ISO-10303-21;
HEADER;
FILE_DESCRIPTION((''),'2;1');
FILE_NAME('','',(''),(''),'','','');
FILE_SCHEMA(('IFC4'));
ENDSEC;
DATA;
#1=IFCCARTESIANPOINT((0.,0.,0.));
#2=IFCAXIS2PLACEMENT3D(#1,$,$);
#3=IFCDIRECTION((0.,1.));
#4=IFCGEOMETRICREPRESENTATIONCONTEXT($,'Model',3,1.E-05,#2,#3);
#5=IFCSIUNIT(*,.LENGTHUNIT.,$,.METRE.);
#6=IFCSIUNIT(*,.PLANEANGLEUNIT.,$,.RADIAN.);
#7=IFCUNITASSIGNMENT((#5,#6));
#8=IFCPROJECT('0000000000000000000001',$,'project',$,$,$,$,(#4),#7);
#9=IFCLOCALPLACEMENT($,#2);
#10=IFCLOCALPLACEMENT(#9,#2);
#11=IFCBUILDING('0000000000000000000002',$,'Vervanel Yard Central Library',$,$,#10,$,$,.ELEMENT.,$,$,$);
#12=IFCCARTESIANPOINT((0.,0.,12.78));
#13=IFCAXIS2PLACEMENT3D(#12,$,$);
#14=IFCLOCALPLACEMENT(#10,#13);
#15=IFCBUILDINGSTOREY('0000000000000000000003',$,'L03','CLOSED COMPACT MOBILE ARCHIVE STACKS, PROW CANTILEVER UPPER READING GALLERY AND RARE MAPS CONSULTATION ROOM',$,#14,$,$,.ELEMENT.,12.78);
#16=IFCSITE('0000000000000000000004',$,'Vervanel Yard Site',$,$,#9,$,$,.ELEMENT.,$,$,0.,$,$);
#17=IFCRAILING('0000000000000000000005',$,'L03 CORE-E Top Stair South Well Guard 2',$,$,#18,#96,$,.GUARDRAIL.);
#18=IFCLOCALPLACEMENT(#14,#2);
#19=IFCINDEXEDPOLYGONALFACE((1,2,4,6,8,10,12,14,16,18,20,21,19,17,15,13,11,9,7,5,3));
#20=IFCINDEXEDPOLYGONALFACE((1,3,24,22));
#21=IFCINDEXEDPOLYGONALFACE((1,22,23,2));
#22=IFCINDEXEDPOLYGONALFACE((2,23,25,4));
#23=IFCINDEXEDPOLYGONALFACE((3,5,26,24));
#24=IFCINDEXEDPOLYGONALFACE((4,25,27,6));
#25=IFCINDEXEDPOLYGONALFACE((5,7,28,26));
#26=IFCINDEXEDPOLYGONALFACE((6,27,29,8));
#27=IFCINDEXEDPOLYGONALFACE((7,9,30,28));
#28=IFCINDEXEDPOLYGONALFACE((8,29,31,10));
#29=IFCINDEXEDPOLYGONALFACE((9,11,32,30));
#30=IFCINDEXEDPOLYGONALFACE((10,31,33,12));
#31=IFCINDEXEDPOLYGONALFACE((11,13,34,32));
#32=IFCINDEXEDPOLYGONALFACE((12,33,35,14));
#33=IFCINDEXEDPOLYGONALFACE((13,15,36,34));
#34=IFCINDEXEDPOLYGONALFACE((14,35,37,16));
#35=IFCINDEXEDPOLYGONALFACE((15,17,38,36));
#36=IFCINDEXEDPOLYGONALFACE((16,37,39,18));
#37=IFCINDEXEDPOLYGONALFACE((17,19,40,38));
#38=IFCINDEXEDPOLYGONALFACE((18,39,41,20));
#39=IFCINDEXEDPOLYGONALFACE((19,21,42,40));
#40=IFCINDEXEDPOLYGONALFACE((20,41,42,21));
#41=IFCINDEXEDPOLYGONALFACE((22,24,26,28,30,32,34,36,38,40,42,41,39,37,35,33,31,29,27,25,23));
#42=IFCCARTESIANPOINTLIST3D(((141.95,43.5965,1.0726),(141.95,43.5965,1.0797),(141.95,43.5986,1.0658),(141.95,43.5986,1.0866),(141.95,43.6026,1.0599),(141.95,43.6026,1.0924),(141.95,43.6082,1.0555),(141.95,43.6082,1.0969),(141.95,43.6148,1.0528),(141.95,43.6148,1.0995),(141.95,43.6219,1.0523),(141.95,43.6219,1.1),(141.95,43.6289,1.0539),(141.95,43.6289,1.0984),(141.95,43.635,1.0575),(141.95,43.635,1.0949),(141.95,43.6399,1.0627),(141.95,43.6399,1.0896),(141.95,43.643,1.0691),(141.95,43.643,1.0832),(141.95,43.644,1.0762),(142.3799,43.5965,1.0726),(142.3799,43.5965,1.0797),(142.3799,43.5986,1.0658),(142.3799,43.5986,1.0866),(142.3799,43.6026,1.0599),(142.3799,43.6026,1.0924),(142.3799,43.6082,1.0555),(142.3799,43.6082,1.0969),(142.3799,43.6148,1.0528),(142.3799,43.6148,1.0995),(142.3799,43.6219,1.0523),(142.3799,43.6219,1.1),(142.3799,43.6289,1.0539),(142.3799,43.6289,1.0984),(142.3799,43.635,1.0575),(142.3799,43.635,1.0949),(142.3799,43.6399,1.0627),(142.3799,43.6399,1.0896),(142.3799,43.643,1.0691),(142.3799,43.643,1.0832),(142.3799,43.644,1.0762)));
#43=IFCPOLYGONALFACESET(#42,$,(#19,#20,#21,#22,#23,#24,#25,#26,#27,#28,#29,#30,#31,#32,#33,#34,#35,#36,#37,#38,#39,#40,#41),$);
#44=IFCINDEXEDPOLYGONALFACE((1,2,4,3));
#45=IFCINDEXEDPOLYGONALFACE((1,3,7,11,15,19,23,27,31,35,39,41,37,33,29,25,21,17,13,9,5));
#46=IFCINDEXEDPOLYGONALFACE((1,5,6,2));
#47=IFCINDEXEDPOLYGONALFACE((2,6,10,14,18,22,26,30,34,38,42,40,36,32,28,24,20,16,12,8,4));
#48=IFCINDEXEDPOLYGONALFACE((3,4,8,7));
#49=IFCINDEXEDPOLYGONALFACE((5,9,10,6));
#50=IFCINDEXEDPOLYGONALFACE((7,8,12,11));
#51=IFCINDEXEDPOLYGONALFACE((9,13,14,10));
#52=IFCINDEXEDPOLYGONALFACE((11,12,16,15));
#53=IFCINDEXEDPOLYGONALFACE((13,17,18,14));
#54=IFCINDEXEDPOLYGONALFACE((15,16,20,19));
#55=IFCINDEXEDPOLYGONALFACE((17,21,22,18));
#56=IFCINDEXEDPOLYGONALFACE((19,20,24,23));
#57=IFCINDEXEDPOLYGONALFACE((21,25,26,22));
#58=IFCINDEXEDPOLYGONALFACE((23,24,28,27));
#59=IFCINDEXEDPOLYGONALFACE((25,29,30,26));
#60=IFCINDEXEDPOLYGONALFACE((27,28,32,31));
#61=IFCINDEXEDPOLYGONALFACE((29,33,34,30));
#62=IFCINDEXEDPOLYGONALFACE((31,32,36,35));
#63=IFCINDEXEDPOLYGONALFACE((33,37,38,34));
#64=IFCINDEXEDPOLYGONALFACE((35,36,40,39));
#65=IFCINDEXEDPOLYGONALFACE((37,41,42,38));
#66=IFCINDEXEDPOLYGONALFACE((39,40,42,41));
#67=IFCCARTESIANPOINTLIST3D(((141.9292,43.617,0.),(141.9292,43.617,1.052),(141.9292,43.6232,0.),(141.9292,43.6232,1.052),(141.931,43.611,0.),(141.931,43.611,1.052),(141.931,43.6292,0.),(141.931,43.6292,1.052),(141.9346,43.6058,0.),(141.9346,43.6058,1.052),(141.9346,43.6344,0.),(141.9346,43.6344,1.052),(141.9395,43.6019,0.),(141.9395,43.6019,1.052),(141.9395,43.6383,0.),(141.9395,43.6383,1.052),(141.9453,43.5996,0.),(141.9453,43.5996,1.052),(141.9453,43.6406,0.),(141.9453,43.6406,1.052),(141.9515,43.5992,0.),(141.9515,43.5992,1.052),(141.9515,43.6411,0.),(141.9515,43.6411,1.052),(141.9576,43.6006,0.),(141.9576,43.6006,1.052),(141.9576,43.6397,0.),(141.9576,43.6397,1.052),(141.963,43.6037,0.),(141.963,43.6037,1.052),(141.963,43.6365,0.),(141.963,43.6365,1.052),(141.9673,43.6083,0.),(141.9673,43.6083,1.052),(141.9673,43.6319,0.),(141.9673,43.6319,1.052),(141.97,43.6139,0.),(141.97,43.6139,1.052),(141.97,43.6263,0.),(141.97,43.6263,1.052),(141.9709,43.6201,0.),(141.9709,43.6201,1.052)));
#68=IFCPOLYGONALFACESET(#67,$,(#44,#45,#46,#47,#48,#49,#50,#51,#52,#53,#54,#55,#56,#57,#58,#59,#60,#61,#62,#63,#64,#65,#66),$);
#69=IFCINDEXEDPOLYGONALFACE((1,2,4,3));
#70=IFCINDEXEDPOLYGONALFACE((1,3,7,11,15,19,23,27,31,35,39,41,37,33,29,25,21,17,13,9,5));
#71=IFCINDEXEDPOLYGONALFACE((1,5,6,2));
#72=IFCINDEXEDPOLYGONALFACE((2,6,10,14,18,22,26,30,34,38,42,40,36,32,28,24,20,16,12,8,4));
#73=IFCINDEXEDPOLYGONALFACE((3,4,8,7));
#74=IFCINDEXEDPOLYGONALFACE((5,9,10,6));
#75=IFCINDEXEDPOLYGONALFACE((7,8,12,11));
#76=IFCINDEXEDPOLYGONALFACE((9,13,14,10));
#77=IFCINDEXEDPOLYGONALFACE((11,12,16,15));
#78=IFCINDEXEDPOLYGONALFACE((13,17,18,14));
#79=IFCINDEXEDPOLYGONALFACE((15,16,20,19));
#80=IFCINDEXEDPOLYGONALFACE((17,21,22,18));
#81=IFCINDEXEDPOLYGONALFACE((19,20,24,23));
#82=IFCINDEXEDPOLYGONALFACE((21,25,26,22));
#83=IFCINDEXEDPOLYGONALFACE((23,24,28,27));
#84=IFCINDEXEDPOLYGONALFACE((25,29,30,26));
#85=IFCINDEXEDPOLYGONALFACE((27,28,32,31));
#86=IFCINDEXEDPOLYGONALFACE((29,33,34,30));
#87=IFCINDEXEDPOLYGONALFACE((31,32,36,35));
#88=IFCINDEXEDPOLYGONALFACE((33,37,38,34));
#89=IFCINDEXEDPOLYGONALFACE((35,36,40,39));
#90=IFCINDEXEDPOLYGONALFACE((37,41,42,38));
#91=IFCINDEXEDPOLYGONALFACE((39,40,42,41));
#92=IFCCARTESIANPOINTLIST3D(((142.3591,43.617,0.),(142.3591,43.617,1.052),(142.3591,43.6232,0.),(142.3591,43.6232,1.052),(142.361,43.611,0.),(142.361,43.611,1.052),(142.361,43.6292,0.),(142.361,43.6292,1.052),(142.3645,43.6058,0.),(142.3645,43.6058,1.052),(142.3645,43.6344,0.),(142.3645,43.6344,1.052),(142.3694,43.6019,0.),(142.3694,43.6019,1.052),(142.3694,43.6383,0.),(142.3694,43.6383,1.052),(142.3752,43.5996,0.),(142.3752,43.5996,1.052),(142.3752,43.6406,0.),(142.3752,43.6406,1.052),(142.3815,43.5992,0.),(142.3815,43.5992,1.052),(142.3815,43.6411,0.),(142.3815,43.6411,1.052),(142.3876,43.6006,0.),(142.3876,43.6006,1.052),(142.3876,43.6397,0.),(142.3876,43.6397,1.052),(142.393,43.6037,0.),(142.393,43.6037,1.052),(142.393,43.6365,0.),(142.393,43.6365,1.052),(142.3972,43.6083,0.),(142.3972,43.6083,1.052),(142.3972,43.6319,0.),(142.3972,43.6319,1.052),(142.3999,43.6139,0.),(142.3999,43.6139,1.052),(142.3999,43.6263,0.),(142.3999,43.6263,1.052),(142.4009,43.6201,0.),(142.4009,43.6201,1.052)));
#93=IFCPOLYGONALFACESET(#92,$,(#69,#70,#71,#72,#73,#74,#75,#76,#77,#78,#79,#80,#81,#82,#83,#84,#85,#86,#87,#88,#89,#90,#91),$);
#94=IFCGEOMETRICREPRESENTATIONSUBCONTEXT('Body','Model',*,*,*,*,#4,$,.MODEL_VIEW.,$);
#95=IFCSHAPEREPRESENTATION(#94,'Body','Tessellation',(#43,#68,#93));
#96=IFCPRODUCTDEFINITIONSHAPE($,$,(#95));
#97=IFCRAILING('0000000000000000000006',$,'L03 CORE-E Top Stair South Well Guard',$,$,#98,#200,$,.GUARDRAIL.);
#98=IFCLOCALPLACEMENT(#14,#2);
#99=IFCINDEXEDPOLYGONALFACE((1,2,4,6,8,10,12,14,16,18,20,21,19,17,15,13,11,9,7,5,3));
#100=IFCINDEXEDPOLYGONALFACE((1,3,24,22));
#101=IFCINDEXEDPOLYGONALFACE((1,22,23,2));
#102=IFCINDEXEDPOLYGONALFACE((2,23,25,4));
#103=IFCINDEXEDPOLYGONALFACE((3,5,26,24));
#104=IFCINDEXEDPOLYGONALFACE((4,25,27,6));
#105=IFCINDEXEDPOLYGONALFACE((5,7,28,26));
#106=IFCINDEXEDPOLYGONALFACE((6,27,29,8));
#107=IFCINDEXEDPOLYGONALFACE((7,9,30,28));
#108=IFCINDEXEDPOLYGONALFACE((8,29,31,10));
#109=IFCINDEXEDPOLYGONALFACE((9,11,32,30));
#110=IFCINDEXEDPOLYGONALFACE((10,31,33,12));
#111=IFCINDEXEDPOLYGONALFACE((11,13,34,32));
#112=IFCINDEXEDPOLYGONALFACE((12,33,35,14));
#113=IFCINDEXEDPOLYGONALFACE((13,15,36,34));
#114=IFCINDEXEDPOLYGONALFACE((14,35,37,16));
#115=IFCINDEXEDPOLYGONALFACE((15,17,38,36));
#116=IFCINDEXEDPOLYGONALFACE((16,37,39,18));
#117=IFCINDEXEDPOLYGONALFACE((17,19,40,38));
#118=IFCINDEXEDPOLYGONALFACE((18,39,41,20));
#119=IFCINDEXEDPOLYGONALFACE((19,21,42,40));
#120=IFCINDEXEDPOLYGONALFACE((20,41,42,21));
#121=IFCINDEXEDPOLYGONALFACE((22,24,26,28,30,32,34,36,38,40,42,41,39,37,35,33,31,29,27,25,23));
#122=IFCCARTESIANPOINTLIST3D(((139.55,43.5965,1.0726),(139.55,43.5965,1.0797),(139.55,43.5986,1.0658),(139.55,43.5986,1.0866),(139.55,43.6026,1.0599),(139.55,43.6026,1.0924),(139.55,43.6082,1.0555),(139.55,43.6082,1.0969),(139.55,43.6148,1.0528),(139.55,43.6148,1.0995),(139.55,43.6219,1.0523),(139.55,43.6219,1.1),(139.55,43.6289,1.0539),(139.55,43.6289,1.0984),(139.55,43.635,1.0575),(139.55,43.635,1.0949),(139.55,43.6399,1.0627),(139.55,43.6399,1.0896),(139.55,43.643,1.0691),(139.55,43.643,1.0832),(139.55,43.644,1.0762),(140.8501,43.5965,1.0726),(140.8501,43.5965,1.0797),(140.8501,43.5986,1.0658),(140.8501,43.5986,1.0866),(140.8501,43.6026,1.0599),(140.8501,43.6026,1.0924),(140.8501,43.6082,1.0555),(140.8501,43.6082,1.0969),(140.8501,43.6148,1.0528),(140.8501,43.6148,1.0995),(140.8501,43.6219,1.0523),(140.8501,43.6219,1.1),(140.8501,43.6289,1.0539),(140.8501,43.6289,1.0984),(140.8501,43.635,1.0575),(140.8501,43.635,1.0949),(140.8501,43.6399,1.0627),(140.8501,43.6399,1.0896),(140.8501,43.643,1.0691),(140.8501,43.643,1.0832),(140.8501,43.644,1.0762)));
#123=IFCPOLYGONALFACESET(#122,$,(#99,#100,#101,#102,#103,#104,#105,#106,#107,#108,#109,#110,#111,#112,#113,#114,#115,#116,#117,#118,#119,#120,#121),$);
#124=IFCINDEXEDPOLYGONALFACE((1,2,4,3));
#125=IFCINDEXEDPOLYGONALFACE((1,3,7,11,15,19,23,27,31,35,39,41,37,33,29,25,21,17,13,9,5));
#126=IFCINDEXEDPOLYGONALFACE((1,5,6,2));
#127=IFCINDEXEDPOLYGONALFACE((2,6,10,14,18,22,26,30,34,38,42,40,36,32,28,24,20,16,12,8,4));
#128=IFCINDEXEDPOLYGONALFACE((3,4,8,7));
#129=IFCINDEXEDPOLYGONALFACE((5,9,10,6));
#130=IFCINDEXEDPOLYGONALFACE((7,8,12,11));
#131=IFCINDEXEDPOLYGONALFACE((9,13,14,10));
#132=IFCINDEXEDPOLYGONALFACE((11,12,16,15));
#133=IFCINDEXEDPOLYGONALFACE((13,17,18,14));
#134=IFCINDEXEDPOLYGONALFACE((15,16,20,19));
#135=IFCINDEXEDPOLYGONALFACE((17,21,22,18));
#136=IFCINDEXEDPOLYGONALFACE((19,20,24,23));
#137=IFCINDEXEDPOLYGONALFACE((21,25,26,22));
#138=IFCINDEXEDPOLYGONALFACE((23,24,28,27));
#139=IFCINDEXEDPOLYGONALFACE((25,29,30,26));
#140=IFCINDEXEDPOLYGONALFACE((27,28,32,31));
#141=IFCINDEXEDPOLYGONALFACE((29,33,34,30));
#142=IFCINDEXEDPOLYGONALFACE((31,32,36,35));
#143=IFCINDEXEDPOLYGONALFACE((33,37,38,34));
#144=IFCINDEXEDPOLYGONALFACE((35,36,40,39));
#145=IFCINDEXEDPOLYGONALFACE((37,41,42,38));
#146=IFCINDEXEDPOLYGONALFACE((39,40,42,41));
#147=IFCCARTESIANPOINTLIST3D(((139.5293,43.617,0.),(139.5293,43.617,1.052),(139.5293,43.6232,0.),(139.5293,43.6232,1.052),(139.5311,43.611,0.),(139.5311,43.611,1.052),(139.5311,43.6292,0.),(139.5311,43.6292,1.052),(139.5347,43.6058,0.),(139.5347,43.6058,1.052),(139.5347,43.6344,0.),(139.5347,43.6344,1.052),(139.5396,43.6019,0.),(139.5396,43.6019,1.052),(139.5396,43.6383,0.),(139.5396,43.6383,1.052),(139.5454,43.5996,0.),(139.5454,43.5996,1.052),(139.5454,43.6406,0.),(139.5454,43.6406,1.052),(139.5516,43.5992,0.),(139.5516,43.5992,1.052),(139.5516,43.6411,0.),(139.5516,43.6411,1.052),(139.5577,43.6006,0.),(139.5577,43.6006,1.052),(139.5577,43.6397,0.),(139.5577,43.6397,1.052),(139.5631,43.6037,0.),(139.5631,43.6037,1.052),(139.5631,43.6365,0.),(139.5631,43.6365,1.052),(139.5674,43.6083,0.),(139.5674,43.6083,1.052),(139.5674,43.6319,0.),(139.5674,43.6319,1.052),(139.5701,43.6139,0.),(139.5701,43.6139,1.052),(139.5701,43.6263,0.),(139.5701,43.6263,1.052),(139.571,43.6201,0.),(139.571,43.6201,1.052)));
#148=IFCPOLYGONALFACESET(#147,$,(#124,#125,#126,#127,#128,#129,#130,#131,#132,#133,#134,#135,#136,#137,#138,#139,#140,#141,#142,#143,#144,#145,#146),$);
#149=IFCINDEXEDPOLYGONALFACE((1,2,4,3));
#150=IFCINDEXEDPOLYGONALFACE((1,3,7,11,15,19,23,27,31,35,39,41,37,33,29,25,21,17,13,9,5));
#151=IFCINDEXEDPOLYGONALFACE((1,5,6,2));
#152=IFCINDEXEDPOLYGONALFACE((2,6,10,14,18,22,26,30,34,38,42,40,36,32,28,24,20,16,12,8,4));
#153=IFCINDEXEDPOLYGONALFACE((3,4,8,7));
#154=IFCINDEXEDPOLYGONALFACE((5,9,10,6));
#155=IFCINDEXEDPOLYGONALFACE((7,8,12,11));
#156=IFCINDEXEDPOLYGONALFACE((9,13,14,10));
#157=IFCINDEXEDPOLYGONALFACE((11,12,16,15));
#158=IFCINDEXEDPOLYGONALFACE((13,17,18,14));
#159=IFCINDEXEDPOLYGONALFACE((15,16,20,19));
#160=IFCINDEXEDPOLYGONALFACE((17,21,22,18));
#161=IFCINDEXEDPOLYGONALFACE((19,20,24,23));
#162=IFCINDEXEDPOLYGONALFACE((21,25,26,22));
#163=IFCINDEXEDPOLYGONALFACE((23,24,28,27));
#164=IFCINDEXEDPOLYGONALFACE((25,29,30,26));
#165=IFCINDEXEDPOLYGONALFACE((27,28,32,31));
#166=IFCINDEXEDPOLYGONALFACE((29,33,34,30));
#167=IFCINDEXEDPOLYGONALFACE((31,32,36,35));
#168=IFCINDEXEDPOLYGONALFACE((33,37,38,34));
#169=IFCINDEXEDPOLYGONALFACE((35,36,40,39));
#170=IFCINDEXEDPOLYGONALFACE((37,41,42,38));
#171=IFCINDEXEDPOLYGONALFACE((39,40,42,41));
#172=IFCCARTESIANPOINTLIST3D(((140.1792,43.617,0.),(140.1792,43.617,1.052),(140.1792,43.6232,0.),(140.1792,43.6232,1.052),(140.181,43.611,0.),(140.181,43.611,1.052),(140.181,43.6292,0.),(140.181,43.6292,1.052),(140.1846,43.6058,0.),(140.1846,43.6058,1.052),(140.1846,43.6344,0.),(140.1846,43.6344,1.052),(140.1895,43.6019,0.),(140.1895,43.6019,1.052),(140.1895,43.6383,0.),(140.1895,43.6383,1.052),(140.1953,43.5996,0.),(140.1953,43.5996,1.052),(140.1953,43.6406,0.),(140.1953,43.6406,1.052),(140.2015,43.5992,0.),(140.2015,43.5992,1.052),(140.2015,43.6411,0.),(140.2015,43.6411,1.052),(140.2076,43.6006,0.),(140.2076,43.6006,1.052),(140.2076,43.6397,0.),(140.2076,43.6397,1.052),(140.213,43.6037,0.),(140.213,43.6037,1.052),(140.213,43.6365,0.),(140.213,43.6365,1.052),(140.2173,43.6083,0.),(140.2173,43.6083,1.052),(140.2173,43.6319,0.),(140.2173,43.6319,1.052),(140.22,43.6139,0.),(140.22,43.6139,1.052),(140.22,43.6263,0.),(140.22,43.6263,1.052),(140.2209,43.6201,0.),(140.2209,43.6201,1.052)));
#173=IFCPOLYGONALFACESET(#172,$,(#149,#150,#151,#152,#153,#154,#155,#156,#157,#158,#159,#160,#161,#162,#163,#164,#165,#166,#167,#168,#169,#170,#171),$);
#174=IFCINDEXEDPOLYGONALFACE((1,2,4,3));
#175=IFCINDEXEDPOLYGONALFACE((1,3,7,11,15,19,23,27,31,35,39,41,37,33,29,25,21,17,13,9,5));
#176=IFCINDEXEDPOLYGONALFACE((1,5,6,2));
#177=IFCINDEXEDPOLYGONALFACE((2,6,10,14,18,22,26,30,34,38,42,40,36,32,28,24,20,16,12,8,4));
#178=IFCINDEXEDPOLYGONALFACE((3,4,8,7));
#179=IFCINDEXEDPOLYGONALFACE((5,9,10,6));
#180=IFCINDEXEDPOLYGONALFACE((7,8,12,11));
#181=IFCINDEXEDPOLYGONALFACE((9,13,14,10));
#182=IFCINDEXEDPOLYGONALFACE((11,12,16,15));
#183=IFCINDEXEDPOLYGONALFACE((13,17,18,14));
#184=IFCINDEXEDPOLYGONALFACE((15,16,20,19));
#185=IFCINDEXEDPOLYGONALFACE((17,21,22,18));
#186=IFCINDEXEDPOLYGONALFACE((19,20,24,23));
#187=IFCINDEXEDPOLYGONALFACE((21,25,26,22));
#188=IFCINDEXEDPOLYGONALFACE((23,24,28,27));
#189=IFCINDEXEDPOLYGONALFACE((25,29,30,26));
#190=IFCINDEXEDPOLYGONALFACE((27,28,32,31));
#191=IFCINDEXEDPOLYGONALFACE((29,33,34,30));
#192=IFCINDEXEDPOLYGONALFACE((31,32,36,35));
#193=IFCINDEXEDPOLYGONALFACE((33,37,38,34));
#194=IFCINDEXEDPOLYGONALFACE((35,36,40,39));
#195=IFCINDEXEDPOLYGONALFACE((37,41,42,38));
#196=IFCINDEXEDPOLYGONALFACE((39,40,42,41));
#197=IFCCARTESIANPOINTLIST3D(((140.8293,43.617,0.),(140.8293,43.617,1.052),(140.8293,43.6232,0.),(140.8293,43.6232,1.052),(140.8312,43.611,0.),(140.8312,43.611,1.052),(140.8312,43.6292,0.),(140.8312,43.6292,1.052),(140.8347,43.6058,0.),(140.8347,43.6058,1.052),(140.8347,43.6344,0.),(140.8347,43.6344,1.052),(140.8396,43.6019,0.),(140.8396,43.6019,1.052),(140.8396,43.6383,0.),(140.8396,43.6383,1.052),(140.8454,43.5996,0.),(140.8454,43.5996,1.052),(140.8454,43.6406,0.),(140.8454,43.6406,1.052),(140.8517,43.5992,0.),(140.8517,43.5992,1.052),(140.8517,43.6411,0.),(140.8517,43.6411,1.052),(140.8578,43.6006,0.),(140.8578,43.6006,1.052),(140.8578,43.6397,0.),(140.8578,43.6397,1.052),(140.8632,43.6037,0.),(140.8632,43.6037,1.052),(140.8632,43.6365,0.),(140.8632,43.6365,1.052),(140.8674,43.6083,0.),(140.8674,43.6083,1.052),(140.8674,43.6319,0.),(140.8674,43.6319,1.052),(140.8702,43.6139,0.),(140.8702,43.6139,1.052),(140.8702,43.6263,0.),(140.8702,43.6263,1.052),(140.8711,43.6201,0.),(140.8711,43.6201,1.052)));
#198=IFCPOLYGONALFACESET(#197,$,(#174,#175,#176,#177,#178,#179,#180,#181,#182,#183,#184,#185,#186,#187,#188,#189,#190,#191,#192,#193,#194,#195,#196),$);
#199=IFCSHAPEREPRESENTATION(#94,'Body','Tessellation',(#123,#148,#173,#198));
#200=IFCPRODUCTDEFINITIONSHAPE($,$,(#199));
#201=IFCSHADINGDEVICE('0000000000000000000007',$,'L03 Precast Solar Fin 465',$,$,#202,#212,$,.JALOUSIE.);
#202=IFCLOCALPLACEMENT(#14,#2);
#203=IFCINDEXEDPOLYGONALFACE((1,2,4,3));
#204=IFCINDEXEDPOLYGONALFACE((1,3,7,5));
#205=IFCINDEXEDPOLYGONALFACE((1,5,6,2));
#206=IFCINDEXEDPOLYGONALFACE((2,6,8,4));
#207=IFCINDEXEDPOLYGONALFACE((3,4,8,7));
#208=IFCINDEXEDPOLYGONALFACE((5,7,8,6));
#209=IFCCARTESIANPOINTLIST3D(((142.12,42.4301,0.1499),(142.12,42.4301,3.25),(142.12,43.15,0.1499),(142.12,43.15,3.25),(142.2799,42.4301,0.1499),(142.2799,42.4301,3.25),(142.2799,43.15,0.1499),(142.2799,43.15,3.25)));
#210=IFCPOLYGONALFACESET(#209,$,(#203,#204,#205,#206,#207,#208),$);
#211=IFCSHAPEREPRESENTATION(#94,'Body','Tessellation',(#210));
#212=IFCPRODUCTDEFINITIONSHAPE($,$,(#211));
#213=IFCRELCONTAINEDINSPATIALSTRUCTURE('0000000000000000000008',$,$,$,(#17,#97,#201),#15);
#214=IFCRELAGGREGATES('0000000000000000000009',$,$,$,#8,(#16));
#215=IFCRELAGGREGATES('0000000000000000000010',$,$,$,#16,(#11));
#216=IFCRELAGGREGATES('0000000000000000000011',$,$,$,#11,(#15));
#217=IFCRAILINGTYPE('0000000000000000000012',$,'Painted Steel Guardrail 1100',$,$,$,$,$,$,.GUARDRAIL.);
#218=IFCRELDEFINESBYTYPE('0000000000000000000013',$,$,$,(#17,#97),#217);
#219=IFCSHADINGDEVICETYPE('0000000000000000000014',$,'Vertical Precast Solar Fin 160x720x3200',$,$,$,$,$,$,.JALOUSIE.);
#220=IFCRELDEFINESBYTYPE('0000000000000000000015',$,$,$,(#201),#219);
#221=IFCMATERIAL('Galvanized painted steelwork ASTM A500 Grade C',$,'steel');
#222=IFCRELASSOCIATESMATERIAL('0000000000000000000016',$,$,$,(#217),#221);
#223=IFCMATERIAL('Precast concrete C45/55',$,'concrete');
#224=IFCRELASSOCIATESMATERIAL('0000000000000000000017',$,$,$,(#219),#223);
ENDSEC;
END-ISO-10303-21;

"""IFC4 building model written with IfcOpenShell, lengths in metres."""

from ifc_helpers import new_model, si_unit, direction, frame, origin, origin_2d, place, context, subcontext, project, spatial, rectangle, circle, extrude, material, type_object, element, save


model = new_model("IFC4")

# Units and contexts
model_context = context("Model", 3, precision=1e-05, world=origin(), true_north=direction((0.0, 1.0)))
body_context = subcontext(model_context, "Body", "Model", "MODEL_VIEW")
ifc_project = project(units=[si_unit("LENGTHUNIT", "METRE"), si_unit("PLANEANGLEUNIT", "RADIAN")], contexts=[model_context])

# Site, building, storey
site_placement = place(None, origin())
site = spatial("IfcSite", under=ifc_project, at=site_placement, Name="Vervanel Yard Site", CompositionType="ELEMENT", RefElevation=0.0)
building_placement = place(site_placement, origin())
building = spatial("IfcBuilding", under=site, at=building_placement, Name="Vervanel Yard Central Library", CompositionType="ELEMENT")
storey_placement = place(building_placement, frame((0.0, 0.0, 12.78)))
storey = spatial("IfcBuildingStorey", under=building, at=storey_placement, Name="L03", Description="CLOSED COMPACT MOBILE ARCHIVE STACKS, PROW CANTILEVER UPPER READING GALLERY AND RARE MAPS CONSULTATION ROOM", CompositionType="ELEMENT", Elevation=12.78)

# Railings
ifc_material_1 = material(Name="Galvanized painted steelwork ASTM A500 Grade C", Category="steel")
railing_type = type_object("IfcRailingType", Name="Painted Steel Guardrail 1100", PredefinedType="GUARDRAIL", material=ifc_material_1)
railing_1_placement = place(storey_placement, frame((141.95, 43.6201, 0.0)))
element("IfcRailing", 1, at=railing_1_placement, inside=storey, type_object=railing_type, Name="L03 CORE-E Top Stair South Well Guard 2", PredefinedType="GUARDRAIL", context=body_context, shape_type="SweptSolid", body=[
    extrude(circle(Radius=0.0239, at=origin_2d()), frame((0.0, 0.0, 1.0762), z_axis=(1.0, 0.0, 0.0), x_axis=(0.0, 1.0, 0.0)), (0.0, 0.0, 1.0), 0.4299),
    extrude(circle(Radius=0.021, at=origin_2d()), origin(), (0.0, 0.0, 1.0), 1.052),
    extrude(circle(Radius=0.021, at=origin_2d()), frame((0.4299, 0.0, 0.0)), (0.0, 0.0, 1.0), 1.052),
])
railing_2_placement = place(storey_placement, frame((139.55, 43.6201, 0.0)))
element("IfcRailing", 2, at=railing_2_placement, inside=storey, type_object=railing_type, Name="L03 CORE-E Top Stair South Well Guard", PredefinedType="GUARDRAIL", context=body_context, shape_type="SweptSolid", body=[
    extrude(circle(Radius=0.0239, at=origin_2d()), frame((0.0, 0.0, 1.0762), z_axis=(1.0, 0.0, 0.0), x_axis=(0.0, 1.0, 0.0)), (0.0, 0.0, 1.0), 1.3),
    extrude(circle(Radius=0.021, at=origin_2d()), origin(), (0.0, 0.0, 1.0), 1.052),
    extrude(circle(Radius=0.021, at=origin_2d()), frame((0.6499, 0.0, 0.0)), (0.0, 0.0, 1.0), 1.052),
    extrude(circle(Radius=0.021, at=origin_2d()), frame((1.3, 0.0, 0.0)), (0.0, 0.0, 1.0), 1.052),
])

# Shading device
ifc_material_2 = material(Name="Precast concrete C45/55", Category="concrete")
shading_device_type = type_object("IfcShadingDeviceType", Name="Vertical Precast Solar Fin 160x720x3200", PredefinedType="JALOUSIE", material=ifc_material_2)
shading_device_placement = place(storey_placement, frame((142.2, 42.79, 0.1499), z_axis=(0.0, 0.0, 1.0), x_axis=(1.0, 0.0, 0.0)))
element("IfcShadingDevice", 3, at=shading_device_placement, inside=storey, type_object=shading_device_type, Name="L03 Precast Solar Fin 465", PredefinedType="JALOUSIE", context=body_context, shape_type="SweptSolid", body=[
    extrude(rectangle(XDim=0.1599, YDim=0.72, at=origin_2d()), origin(), (0.0, 0.0, 1.0), 3.1001),
])

save(model, "model.ifc")
